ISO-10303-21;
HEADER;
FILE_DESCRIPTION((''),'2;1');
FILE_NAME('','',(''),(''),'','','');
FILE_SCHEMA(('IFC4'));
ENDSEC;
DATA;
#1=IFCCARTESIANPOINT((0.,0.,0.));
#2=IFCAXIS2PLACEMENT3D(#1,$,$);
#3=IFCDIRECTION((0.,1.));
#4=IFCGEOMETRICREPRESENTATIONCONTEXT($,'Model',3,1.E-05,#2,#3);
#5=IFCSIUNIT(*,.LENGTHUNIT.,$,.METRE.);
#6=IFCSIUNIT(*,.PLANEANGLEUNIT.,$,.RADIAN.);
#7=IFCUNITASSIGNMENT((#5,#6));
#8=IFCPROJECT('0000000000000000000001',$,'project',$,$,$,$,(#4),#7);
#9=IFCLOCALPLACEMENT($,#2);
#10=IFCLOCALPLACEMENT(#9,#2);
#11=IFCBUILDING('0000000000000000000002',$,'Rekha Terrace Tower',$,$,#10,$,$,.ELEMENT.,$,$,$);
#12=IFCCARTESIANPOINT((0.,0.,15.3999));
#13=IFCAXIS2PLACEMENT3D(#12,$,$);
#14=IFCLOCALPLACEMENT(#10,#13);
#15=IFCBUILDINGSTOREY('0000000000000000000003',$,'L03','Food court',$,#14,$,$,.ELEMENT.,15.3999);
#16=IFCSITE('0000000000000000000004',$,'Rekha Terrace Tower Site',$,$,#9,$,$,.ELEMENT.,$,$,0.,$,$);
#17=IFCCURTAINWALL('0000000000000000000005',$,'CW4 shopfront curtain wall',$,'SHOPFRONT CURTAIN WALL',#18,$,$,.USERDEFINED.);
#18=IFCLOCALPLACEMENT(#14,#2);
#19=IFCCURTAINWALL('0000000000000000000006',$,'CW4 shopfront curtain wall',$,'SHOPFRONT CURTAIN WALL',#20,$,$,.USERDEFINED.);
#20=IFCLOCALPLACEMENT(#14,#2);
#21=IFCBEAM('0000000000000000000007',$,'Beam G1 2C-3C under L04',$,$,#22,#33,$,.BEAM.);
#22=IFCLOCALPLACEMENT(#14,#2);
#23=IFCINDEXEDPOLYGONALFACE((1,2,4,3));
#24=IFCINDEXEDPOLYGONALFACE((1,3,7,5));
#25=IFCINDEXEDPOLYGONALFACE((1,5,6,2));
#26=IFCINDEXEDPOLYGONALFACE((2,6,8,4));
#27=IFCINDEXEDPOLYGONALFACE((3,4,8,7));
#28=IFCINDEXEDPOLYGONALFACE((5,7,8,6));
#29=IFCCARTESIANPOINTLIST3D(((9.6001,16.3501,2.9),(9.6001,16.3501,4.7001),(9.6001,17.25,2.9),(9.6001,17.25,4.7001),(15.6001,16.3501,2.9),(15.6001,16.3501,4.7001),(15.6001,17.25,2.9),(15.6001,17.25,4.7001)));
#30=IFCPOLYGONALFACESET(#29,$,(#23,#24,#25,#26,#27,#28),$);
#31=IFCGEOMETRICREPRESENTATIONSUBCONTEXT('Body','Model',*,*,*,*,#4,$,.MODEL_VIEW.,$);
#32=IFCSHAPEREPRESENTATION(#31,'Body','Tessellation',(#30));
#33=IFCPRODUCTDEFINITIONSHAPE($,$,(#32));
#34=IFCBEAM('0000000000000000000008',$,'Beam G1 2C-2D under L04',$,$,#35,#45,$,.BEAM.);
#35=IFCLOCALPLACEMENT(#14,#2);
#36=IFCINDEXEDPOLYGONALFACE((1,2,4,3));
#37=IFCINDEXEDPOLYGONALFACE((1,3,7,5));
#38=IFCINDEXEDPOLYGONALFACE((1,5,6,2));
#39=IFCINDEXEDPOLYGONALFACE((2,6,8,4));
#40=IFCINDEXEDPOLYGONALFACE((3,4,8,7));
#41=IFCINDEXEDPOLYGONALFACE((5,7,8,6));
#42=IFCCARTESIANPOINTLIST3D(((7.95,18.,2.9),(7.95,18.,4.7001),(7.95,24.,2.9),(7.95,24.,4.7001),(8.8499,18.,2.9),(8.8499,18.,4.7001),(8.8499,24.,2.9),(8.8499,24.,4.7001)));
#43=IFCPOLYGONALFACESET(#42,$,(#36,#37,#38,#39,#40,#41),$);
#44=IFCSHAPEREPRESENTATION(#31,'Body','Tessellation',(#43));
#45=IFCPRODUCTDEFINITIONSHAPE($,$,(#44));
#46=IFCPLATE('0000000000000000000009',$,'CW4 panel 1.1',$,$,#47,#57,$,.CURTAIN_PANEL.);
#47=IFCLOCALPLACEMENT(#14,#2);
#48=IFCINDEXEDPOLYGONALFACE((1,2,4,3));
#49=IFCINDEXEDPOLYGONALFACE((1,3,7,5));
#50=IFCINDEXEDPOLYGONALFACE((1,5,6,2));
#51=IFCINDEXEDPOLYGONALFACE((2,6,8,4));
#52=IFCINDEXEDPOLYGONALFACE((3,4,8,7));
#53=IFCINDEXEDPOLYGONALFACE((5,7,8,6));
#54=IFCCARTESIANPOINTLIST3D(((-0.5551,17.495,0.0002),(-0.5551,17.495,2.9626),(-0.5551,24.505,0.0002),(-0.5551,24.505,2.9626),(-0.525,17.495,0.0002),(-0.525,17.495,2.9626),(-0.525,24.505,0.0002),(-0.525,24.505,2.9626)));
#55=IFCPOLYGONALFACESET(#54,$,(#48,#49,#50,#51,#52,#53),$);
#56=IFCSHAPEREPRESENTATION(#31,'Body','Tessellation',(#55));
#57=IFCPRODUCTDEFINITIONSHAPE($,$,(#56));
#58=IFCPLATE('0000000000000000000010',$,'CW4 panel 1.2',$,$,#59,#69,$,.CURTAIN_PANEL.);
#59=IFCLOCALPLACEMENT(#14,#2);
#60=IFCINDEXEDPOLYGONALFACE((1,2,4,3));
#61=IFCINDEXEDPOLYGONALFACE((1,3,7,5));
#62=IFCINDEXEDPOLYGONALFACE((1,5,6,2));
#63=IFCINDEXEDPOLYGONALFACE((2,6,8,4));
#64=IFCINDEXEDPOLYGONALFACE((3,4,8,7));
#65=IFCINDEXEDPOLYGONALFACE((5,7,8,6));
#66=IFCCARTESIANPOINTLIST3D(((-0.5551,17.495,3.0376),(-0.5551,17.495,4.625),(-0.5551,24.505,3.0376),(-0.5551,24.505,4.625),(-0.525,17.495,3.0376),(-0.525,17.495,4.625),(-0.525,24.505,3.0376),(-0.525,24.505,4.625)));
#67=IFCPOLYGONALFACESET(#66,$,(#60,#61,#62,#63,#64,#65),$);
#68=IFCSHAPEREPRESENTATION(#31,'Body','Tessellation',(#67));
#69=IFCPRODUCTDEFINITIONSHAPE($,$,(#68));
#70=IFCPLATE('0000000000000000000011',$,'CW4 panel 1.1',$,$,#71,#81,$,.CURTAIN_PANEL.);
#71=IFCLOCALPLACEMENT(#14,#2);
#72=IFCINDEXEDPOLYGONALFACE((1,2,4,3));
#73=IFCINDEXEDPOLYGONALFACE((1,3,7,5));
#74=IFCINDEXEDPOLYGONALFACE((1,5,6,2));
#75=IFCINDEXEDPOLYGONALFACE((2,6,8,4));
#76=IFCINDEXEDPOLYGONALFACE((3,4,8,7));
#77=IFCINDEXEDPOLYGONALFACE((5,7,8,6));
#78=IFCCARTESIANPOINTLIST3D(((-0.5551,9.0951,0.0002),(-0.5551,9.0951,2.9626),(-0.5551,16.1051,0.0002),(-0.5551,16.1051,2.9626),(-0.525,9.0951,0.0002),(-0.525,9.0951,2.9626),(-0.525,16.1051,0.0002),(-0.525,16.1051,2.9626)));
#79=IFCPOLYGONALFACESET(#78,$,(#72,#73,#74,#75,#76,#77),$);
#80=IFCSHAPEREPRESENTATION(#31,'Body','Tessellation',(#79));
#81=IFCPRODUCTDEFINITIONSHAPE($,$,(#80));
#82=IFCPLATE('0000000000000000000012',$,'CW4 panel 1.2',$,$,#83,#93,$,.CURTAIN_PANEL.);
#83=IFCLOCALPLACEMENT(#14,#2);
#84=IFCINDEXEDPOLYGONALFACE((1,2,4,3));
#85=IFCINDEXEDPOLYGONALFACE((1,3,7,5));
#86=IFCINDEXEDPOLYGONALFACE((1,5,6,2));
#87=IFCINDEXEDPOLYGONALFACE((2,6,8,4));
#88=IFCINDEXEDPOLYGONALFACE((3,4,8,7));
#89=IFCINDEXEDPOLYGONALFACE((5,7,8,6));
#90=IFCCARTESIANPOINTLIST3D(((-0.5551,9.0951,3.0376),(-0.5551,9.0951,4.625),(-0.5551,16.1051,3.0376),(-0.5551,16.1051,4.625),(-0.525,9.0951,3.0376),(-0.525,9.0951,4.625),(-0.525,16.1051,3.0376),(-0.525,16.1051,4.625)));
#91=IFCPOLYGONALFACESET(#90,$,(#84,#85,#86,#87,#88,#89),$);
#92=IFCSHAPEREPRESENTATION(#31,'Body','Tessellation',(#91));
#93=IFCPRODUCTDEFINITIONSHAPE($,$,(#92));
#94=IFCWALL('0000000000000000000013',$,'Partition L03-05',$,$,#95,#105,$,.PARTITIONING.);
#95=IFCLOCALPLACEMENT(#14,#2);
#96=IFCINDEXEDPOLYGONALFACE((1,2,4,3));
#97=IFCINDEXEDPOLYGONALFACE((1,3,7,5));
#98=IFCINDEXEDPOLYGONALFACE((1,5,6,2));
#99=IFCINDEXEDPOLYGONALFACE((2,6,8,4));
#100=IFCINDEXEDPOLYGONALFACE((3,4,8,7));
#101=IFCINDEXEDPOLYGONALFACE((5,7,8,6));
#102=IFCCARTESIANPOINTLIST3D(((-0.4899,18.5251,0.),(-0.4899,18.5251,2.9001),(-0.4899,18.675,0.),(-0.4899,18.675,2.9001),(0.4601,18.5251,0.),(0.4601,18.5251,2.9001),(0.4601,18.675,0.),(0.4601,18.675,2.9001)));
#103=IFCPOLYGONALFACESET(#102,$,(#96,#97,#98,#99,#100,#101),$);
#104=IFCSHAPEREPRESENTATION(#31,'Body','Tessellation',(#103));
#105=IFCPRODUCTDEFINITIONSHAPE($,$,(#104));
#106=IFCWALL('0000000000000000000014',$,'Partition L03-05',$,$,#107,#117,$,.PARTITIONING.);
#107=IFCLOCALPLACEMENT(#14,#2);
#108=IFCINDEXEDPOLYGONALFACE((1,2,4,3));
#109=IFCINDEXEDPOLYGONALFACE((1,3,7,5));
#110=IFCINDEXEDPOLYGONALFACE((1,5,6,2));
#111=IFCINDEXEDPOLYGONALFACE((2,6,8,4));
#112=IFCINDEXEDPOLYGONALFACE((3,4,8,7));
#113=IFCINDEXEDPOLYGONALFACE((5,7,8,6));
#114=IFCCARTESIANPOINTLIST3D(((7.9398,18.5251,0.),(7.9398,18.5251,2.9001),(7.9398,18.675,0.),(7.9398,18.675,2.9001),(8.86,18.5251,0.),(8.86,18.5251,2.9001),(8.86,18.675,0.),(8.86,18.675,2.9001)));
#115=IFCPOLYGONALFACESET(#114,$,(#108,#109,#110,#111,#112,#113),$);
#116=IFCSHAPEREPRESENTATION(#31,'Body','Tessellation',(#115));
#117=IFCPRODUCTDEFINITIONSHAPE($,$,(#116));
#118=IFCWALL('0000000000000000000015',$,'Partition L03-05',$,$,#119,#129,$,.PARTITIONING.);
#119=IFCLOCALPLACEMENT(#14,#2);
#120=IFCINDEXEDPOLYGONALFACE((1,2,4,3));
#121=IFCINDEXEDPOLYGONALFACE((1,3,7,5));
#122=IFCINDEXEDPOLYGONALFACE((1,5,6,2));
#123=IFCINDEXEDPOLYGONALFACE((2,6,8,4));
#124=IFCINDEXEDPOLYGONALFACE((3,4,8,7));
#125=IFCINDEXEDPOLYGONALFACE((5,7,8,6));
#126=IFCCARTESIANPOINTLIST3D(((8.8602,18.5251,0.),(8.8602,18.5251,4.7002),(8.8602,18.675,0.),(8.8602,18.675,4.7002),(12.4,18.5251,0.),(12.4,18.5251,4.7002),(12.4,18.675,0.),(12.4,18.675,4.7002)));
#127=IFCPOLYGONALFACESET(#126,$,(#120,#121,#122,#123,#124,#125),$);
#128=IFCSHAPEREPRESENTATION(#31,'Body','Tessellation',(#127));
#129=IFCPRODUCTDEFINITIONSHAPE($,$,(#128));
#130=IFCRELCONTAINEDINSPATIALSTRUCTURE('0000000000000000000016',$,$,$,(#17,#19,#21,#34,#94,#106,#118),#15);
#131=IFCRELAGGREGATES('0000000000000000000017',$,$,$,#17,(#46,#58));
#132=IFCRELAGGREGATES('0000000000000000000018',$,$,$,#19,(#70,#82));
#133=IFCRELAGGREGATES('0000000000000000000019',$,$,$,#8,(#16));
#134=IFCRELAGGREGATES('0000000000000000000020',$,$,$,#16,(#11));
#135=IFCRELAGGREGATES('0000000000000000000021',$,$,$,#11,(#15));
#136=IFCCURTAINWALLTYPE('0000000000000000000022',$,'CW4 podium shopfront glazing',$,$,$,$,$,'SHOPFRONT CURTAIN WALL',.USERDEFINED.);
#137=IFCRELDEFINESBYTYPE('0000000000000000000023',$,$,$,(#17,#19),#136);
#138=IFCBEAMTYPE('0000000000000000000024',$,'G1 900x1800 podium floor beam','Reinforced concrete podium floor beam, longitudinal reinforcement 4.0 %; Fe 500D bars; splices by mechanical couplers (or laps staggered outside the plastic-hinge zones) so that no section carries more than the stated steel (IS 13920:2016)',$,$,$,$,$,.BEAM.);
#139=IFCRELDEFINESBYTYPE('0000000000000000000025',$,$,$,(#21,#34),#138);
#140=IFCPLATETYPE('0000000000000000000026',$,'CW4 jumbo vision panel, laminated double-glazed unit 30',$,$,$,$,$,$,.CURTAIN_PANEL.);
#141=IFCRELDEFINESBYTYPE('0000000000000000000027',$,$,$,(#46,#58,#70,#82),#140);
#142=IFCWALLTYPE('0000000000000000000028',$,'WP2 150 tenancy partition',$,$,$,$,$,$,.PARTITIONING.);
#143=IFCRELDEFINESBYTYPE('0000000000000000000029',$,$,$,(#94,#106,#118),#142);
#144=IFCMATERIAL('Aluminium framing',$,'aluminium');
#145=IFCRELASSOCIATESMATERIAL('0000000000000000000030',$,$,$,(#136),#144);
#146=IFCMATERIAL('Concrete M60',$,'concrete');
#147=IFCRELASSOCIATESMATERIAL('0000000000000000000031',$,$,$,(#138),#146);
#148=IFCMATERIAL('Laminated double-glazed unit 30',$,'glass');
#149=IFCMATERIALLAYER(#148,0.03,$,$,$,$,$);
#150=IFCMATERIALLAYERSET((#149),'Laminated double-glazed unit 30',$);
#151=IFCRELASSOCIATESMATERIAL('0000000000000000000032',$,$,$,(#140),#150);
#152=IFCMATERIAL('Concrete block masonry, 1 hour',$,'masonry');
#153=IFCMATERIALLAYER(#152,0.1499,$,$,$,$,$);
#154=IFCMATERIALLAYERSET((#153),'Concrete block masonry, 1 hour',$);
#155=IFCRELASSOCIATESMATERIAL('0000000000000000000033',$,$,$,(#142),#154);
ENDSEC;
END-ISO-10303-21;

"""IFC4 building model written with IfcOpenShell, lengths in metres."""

from ifc_helpers import new_model, si_unit, direction, frame, frame_2d, origin, origin_2d, place, context, subcontext, project, spatial, rectangle, extrude, material, layer, layer_set, material_profile, profile_set, type_object, element, aggregate, save


model = new_model("IFC4")

# Units and contexts
model_context = context("Model", 3, precision=1e-05, world=origin(), true_north=direction((0.0, 1.0)))
body_context = subcontext(model_context, "Body", "Model", "MODEL_VIEW")
ifc_project = project(units=[si_unit("LENGTHUNIT", "METRE"), si_unit("PLANEANGLEUNIT", "RADIAN")], contexts=[model_context])

# Site, building, storey
site_placement = place(None, origin())
site = spatial("IfcSite", under=ifc_project, at=site_placement, Name="Rekha Terrace Tower Site", CompositionType="ELEMENT", RefElevation=0.0)
building_placement = place(site_placement, origin())
building = spatial("IfcBuilding", under=site, at=building_placement, Name="Rekha Terrace Tower", CompositionType="ELEMENT")
storey_placement = place(building_placement, frame((0.0, 0.0, 15.3999)))
storey = spatial("IfcBuildingStorey", under=building, at=storey_placement, Name="L03", Description="Food court", CompositionType="ELEMENT", Elevation=15.3999)

# Shared definitions
ifc_material_1 = material(Name="Concrete M60", Category="concrete")

# Curtain wall
ifc_material_2 = material(Name="Aluminium framing", Category="aluminium")
curtain_wall_type = type_object("IfcCurtainWallType", Name="CW4 podium shopfront glazing", ElementType="SHOPFRONT CURTAIN WALL", PredefinedType="USERDEFINED", material=ifc_material_2)
curtain_wall_1_placement = place(storey_placement, origin())
curtain_wall_1 = element("IfcCurtainWall", 1, at=curtain_wall_1_placement, inside=storey, type_object=curtain_wall_type, Name="CW4 shopfront curtain wall", ObjectType="SHOPFRONT CURTAIN WALL", PredefinedType="USERDEFINED")

# Curtain wall
curtain_wall_2_placement = place(storey_placement, origin())
curtain_wall_2 = element("IfcCurtainWall", 2, at=curtain_wall_2_placement, inside=storey, type_object=curtain_wall_type, Name="CW4 shopfront curtain wall", ObjectType="SHOPFRONT CURTAIN WALL", PredefinedType="USERDEFINED")

# Beams
ifc_material_profile_1 = material_profile(ifc_material_1, rectangle(XDim=0.8999, YDim=1.8, at=origin_2d()), Name="RC 900x1800")
ifc_profile_set_1 = profile_set([ifc_material_profile_1], Name="Concrete M60")
beam_type = type_object("IfcBeamType", Name="G1 900x1800 podium floor beam", Description="Reinforced concrete podium floor beam, longitudinal reinforcement 4.0 %; Fe 500D bars; splices by mechanical couplers (or laps staggered outside the plastic-hinge zones) so that no section carries more than the stated steel (IS 13920:2016)", PredefinedType="BEAM", material=ifc_profile_set_1)
for number, where, z_axis, x_axis, name in (
    (3, (9.6001, 16.8, 3.8), (1.0, 0.0, 0.0), (0.0, 1.0, 0.0), "Beam G1 2C-3C under L04"),
    (4, (8.3999, 18.0, 3.8), (0.0, 1.0, 0.0), (-1.0, 0.0, 0.0), "Beam G1 2C-2D under L04"),
):
    element("IfcBeam", number, at=place(storey_placement, frame(where, z_axis=z_axis, x_axis=x_axis)), inside=storey, type_object=beam_type, Name=name, PredefinedType="BEAM", context=body_context, shape_type="SweptSolid", body=[
        extrude(rectangle(XDim=0.8999, YDim=1.8, at=origin_2d()), origin(), (0.0, 0.0, 1.0), 6.0),
    ])

# Plates
ifc_material_3 = material(Name="Laminated double-glazed unit 30", Category="glass")
ifc_layer_1 = layer(ifc_material_3, 0.03)
ifc_layer_set_1 = layer_set([ifc_layer_1], Name="Laminated double-glazed unit 30")
plate_type = type_object("IfcPlateType", Name="CW4 jumbo vision panel, laminated double-glazed unit 30", PredefinedType="CURTAIN_PANEL", material=ifc_layer_set_1)
plate_1_placement = place(storey_placement, frame((-0.54, 21.0, 0.0002), z_axis=(0.0, 0.0, 1.0), x_axis=(0.0, -1.0, 0.0)))
plate_1 = element("IfcPlate", 5, at=plate_1_placement, type_object=plate_type, Name="CW4 panel 1.1", PredefinedType="CURTAIN_PANEL", context=body_context, shape_type="SweptSolid", body=[
    extrude(rectangle(XDim=7.01, YDim=0.03, at=origin_2d()), origin(), (0.0, 0.0, 1.0), 2.9624),
])
plate_2_placement = place(storey_placement, frame((-0.54, 21.0, 3.0376), z_axis=(0.0, 0.0, 1.0), x_axis=(0.0, -1.0, 0.0)))
plate_2 = element("IfcPlate", 6, at=plate_2_placement, type_object=plate_type, Name="CW4 panel 1.2", PredefinedType="CURTAIN_PANEL", context=body_context, shape_type="SweptSolid", body=[
    extrude(rectangle(XDim=7.01, YDim=0.03, at=origin_2d()), origin(), (0.0, 0.0, 1.0), 1.5874),
])
aggregate(curtain_wall_1, [plate_1, plate_2])
plate_3_placement = place(storey_placement, frame((-0.54, 12.6001, 0.0002), z_axis=(0.0, 0.0, 1.0), x_axis=(0.0, -1.0, 0.0)))
plate_3 = element("IfcPlate", 7, at=plate_3_placement, type_object=plate_type, Name="CW4 panel 1.1", PredefinedType="CURTAIN_PANEL", context=body_context, shape_type="SweptSolid", body=[
    extrude(rectangle(XDim=7.01, YDim=0.03, at=origin_2d()), origin(), (0.0, 0.0, 1.0), 2.9624),
])
plate_4_placement = place(storey_placement, frame((-0.54, 12.6001, 3.0376), z_axis=(0.0, 0.0, 1.0), x_axis=(0.0, -1.0, 0.0)))
plate_4 = element("IfcPlate", 8, at=plate_4_placement, type_object=plate_type, Name="CW4 panel 1.2", PredefinedType="CURTAIN_PANEL", context=body_context, shape_type="SweptSolid", body=[
    extrude(rectangle(XDim=7.01, YDim=0.03, at=origin_2d()), origin(), (0.0, 0.0, 1.0), 1.5874),
])
aggregate(curtain_wall_2, [plate_3, plate_4])

# Wall
ifc_material_4 = material(Name="Concrete block masonry, 1 hour", Category="masonry")
ifc_layer_2 = layer(ifc_material_4, 0.1499)
ifc_layer_set_2 = layer_set([ifc_layer_2], Name="Concrete block masonry, 1 hour")
wall_type = type_object("IfcWallType", Name="WP2 150 tenancy partition", PredefinedType="PARTITIONING", material=ifc_layer_set_2)
wall_1_placement = place(storey_placement, frame((-0.49, 18.6001, 0.0), z_axis=(0.0, 0.0, 1.0), x_axis=(1.0, 0.0, 0.0)))
element("IfcWall", 9, at=wall_1_placement, inside=storey, type_object=wall_type, Name="Partition L03-05", PredefinedType="PARTITIONING", context=body_context, shape_type="SweptSolid", body=[
    extrude(rectangle(XDim=0.95, YDim=0.1499, at=frame_2d((0.4751, 0.0))), origin(), (0.0, 0.0, 1.0), 2.9001),
])

# Walls
wall_2_placement = place(storey_placement, frame((7.9399, 18.6001, 0.0), z_axis=(0.0, 0.0, 1.0), x_axis=(1.0, 0.0, 0.0)))
element("IfcWall", 10, at=wall_2_placement, inside=storey, type_object=wall_type, Name="Partition L03-05", PredefinedType="PARTITIONING", context=body_context, shape_type="SweptSolid", body=[
    extrude(rectangle(XDim=0.9202, YDim=0.1499, at=frame_2d((0.46, 0.0))), origin(), (0.0, 0.0, 1.0), 2.9001),
])
wall_3_placement = place(storey_placement, frame((8.8601, 18.6001, 0.0), z_axis=(0.0, 0.0, 1.0), x_axis=(1.0, 0.0, 0.0)))
element("IfcWall", 11, at=wall_3_placement, inside=storey, type_object=wall_type, Name="Partition L03-05", PredefinedType="PARTITIONING", context=body_context, shape_type="SweptSolid", body=[
    extrude(rectangle(XDim=3.5398, YDim=0.1499, at=frame_2d((1.77, 0.0))), origin(), (0.0, 0.0, 1.0), 4.7002),
])

save(model, "model.ifc")
